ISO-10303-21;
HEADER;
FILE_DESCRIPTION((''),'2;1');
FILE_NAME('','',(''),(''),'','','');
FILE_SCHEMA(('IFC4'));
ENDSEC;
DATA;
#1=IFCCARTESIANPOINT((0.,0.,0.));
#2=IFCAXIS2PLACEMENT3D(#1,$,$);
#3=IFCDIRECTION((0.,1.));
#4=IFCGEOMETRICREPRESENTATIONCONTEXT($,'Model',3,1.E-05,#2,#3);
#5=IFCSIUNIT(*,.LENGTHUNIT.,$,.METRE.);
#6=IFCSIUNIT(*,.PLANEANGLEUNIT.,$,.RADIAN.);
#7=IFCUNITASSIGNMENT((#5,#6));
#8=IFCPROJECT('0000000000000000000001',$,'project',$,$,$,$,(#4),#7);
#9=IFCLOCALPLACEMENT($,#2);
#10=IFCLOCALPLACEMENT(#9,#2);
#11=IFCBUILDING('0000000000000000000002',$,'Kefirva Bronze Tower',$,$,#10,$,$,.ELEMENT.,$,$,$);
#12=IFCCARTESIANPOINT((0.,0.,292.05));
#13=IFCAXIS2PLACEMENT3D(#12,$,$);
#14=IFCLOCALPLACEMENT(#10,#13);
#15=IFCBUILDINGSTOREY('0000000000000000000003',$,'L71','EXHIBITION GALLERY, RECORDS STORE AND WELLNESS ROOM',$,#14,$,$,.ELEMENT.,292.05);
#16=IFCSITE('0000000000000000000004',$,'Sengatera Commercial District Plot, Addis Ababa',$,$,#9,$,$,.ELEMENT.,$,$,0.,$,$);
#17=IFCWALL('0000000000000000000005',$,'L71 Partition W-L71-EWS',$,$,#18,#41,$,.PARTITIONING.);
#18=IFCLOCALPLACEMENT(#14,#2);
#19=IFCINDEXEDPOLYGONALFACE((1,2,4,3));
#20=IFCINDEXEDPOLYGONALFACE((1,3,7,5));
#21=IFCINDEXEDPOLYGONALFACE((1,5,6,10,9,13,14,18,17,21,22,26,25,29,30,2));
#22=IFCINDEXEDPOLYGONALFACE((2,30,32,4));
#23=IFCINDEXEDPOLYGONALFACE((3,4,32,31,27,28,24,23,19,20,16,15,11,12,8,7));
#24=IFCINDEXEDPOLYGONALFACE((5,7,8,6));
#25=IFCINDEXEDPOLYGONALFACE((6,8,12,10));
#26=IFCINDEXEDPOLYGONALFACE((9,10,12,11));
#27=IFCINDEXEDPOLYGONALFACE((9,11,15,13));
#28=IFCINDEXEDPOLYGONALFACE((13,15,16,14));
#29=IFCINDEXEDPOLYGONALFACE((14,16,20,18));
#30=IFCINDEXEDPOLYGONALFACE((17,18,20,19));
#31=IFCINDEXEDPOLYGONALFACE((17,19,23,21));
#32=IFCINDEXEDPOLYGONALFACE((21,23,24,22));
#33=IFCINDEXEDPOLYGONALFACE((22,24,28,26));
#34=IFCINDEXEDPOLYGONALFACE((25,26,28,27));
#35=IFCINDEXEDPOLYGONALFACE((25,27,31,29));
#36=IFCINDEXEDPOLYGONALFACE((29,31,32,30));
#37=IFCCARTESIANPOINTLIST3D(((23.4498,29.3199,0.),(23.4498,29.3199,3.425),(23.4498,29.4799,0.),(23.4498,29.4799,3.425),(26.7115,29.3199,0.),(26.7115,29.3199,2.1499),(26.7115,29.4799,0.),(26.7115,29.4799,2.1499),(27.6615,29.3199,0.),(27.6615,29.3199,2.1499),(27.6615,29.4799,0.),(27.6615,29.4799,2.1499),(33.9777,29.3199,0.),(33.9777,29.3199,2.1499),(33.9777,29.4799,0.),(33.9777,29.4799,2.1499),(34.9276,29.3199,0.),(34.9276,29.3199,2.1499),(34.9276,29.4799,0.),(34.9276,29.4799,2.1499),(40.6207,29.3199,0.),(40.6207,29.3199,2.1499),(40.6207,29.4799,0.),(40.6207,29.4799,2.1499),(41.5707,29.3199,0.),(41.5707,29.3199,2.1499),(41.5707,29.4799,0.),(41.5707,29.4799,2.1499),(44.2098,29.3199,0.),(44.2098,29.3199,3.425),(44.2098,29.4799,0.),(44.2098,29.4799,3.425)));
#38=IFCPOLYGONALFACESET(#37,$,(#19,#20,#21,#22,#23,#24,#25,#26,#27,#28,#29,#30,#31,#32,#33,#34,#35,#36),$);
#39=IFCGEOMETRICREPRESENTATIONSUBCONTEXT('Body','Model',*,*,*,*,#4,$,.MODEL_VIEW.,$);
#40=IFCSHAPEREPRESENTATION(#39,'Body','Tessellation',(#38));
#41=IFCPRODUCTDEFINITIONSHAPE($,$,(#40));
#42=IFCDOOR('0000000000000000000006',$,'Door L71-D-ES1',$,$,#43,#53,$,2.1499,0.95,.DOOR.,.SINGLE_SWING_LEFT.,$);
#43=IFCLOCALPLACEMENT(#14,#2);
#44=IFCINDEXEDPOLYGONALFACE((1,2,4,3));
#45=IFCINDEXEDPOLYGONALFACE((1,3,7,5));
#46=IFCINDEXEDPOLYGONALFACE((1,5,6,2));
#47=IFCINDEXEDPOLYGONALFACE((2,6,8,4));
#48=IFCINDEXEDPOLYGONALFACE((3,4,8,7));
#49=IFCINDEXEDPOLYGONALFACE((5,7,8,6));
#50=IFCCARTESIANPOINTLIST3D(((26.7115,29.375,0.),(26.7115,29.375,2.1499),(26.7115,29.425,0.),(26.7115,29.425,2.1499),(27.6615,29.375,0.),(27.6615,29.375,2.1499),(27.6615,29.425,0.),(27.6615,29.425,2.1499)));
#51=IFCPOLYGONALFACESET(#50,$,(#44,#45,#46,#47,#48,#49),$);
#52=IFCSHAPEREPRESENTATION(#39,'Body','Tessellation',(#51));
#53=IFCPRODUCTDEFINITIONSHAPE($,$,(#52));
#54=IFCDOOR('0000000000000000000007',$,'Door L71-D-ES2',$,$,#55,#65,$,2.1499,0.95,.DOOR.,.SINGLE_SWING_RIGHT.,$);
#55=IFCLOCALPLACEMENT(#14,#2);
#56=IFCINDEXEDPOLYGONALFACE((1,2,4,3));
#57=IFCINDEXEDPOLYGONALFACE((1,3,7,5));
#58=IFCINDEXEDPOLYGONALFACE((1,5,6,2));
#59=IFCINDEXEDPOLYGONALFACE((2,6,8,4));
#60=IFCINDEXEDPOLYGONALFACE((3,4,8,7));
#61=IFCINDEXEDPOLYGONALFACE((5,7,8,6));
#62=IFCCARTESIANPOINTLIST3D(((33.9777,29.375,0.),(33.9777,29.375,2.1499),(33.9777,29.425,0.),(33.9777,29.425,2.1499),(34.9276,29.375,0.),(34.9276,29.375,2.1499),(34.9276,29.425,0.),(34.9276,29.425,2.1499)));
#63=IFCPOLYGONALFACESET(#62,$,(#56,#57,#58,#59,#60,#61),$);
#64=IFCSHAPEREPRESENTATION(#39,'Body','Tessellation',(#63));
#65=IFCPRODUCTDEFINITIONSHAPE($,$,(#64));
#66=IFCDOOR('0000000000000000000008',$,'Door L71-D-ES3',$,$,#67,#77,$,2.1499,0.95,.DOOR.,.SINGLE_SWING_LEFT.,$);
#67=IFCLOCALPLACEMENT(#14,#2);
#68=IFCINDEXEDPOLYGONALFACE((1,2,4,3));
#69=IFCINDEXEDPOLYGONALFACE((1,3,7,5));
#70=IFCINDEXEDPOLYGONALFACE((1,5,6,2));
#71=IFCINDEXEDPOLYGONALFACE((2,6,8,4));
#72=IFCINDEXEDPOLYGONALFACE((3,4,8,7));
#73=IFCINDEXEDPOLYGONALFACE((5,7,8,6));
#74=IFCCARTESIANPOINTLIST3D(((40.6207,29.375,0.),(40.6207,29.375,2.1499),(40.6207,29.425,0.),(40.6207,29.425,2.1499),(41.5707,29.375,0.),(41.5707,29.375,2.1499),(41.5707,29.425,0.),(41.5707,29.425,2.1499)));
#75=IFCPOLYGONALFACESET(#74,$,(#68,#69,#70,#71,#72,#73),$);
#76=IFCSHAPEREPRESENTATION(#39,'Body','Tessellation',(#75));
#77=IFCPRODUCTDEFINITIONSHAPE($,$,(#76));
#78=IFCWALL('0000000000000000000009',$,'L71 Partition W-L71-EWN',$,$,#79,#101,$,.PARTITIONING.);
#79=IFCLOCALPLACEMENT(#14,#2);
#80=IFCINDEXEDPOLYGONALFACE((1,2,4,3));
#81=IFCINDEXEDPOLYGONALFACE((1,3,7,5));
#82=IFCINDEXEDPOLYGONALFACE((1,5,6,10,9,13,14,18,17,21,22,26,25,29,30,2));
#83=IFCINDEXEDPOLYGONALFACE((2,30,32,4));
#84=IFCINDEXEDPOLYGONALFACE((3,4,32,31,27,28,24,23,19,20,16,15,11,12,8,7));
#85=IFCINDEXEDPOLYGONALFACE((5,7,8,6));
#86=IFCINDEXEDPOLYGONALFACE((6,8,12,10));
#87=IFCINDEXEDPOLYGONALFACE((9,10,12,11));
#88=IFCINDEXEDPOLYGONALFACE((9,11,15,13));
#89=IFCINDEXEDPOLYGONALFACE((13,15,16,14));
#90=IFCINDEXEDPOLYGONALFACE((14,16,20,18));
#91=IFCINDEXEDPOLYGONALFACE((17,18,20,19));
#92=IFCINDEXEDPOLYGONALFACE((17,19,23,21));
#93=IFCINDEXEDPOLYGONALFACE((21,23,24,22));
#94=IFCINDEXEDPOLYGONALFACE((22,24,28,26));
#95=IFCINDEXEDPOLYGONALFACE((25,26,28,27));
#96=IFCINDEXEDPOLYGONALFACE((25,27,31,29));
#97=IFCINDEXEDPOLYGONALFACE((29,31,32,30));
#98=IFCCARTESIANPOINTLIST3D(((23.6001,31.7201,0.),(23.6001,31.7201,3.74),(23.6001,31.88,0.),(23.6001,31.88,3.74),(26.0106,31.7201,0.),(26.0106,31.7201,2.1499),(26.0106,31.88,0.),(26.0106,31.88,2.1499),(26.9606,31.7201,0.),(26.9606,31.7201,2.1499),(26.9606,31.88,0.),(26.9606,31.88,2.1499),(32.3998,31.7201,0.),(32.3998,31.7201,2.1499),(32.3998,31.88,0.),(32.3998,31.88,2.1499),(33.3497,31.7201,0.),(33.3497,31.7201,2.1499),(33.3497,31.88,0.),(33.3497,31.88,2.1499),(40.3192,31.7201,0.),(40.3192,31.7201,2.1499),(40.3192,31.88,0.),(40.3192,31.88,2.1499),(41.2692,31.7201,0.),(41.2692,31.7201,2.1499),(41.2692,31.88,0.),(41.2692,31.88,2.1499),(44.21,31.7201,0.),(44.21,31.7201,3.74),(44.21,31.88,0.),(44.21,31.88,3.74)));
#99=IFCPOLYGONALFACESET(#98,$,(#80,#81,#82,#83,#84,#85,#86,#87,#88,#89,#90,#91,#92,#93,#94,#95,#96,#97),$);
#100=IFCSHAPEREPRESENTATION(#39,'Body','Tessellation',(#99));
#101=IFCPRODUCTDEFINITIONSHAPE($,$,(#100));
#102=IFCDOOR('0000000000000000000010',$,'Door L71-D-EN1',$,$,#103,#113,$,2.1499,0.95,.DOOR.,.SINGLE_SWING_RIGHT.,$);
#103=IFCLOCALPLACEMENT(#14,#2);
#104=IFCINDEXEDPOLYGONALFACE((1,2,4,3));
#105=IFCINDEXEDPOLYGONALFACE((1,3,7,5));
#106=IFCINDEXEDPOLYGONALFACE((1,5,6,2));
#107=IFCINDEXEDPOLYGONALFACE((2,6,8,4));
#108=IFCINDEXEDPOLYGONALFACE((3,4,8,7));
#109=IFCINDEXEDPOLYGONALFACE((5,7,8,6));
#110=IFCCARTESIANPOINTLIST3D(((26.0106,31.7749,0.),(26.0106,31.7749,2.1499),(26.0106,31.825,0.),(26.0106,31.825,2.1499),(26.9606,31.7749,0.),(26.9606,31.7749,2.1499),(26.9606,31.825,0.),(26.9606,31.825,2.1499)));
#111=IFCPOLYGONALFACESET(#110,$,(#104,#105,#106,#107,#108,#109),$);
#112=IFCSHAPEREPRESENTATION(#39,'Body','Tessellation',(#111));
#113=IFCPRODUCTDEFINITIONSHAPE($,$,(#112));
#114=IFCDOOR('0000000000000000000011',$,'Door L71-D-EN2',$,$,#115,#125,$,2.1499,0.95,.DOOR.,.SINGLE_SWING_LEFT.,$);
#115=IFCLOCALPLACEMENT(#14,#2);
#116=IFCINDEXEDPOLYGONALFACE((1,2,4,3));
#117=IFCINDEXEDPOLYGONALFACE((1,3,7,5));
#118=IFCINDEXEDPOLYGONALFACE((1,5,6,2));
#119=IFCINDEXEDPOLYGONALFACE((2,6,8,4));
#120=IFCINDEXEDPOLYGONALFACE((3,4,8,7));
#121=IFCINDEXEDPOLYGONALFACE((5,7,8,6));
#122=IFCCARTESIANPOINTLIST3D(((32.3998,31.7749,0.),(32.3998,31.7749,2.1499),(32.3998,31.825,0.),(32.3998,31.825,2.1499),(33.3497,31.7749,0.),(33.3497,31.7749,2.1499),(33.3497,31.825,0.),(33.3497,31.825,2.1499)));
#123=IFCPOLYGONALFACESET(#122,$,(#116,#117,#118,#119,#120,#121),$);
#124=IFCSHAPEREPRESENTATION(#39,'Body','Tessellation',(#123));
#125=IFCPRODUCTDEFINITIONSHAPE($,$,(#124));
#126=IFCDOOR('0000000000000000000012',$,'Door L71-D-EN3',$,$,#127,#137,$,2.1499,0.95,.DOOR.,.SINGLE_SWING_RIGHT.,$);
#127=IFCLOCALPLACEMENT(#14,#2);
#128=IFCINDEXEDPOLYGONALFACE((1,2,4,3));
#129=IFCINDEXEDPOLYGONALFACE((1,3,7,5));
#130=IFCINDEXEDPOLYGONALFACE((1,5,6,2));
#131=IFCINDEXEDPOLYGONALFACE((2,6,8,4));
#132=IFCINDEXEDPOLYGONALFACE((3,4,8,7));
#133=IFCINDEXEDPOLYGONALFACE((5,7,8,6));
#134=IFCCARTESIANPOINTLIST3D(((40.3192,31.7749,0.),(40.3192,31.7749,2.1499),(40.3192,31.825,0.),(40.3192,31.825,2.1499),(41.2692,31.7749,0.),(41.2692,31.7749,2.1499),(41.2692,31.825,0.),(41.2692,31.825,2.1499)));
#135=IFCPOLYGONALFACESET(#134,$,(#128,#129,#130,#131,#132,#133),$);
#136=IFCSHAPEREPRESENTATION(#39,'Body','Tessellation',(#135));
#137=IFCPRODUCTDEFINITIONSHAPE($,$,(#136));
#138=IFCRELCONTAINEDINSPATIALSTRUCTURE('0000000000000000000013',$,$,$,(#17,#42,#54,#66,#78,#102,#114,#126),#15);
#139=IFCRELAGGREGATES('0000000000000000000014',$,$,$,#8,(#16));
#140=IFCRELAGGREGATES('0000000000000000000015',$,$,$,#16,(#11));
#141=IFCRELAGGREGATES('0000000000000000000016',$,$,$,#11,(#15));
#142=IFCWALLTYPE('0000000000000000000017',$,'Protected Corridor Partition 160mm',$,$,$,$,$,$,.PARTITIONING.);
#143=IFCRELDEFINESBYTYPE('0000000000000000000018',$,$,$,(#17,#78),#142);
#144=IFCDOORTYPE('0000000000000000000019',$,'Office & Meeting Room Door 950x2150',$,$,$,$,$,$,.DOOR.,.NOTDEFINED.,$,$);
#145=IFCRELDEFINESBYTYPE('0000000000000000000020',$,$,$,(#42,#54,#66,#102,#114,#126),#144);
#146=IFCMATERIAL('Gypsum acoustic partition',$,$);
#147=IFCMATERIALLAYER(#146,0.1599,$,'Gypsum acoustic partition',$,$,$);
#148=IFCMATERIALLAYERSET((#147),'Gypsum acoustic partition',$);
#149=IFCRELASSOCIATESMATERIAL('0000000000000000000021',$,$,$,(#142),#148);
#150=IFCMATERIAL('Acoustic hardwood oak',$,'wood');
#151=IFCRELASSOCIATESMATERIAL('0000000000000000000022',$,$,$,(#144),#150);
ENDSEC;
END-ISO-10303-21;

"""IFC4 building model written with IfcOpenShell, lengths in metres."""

from ifc_helpers import new_model, si_unit, direction, frame, frame_2d, origin, place, context, subcontext, project, spatial, rectangle, extrude, material, layer, layer_set, type_object, element, fill, save


model = new_model("IFC4")

# Units and contexts
model_context = context("Model", 3, precision=1e-05, world=origin(), true_north=direction((0.0, 1.0)))
body_context = subcontext(model_context, "Body", "Model", "MODEL_VIEW")
ifc_project = project(units=[si_unit("LENGTHUNIT", "METRE"), si_unit("PLANEANGLEUNIT", "RADIAN")], contexts=[model_context])

# Site, building, storey
site_placement = place(None, origin())
site = spatial("IfcSite", under=ifc_project, at=site_placement, Name="Sengatera Commercial District Plot, Addis Ababa", CompositionType="ELEMENT", RefElevation=0.0)
building_placement = place(site_placement, origin())
building = spatial("IfcBuilding", under=site, at=building_placement, Name="Kefirva Bronze Tower", CompositionType="ELEMENT")
storey_placement = place(building_placement, frame((0.0, 0.0, 292.05)))
storey = spatial("IfcBuildingStorey", under=building, at=storey_placement, Name="L71", Description="EXHIBITION GALLERY, RECORDS STORE AND WELLNESS ROOM", CompositionType="ELEMENT", Elevation=292.05)

# Shared definitions
ifc_material_1 = material(Name="Gypsum acoustic partition")

# Walls, openings, doors
ifc_layer_1 = layer(ifc_material_1, 0.1599, Name="Gypsum acoustic partition")
ifc_layer_set_1 = layer_set([ifc_layer_1], Name="Gypsum acoustic partition")
wall_type_1 = type_object("IfcWallType", Name="Protected Corridor Partition 160mm", PredefinedType="PARTITIONING", material=ifc_layer_set_1)
wall_1_placement = place(storey_placement, frame((23.45, 29.3999, 0.0), z_axis=(0.0, 0.0, 1.0), x_axis=(1.0, 0.0, 0.0)))
wall_1 = element("IfcWall", 1, at=wall_1_placement, inside=storey, type_object=wall_type_1, Name="L71 Partition W-L71-EWS", PredefinedType="PARTITIONING", context=body_context, shape_type="SweptSolid", body=[
    extrude(rectangle(XDim=20.76, YDim=0.1599, at=frame_2d((10.3799, 0.0))), origin(), (0.0, 0.0, 1.0), 3.425),
])
opening_1_placement = place(wall_1_placement, frame((4.2117, 0.0, 0.0), z_axis=(0.0, 0.0, 1.0), x_axis=(-1.0, 0.0, 0.0)))
opening_1 = element("IfcOpeningElement", 2, at=opening_1_placement, cuts=wall_1, PredefinedType="OPENING", context=body_context, shape_type="SweptSolid", body=[
    extrude(rectangle(XDim=0.95, YDim=2.1499, at=frame_2d((0.4751, 1.075))), frame((0.0, 0.0898, 0.0), z_axis=(0.0, -1.0, 0.0), x_axis=(1.0, 0.0, 0.0)), (0.0, 0.0, 1.0), 0.1799),
])
opening_2_placement = place(wall_1_placement, frame((11.4778, 0.0, 0.0), z_axis=(0.0, 0.0, 1.0), x_axis=(-1.0, 0.0, 0.0)))
opening_2 = element("IfcOpeningElement", 3, at=opening_2_placement, cuts=wall_1, PredefinedType="OPENING", context=body_context, shape_type="SweptSolid", body=[
    extrude(rectangle(XDim=0.95, YDim=2.1499, at=frame_2d((0.4751, 1.075))), frame((0.0, 0.0898, 0.0), z_axis=(0.0, -1.0, 0.0), x_axis=(1.0, 0.0, 0.0)), (0.0, 0.0, 1.0), 0.1799),
])
opening_3_placement = place(wall_1_placement, frame((18.1208, 0.0, 0.0), z_axis=(0.0, 0.0, 1.0), x_axis=(-1.0, 0.0, 0.0)))
opening_3 = element("IfcOpeningElement", 4, at=opening_3_placement, cuts=wall_1, PredefinedType="OPENING", context=body_context, shape_type="SweptSolid", body=[
    extrude(rectangle(XDim=0.95, YDim=2.1499, at=frame_2d((0.4751, 1.075))), frame((0.0, 0.0898, 0.0), z_axis=(0.0, -1.0, 0.0), x_axis=(1.0, 0.0, 0.0)), (0.0, 0.0, 1.0), 0.1799),
])
ifc_material_2 = material(Name="Acoustic hardwood oak", Category="wood")
door_type = type_object("IfcDoorType", Name="Office & Meeting Room Door 950x2150", OperationType="NOTDEFINED", PredefinedType="DOOR", material=ifc_material_2)
door_1_placement = place(opening_1_placement, origin())
door_1 = element("IfcDoor", 5, at=door_1_placement, inside=storey, type_object=door_type, Name="Door L71-D-ES1", OperationType="SINGLE_SWING_LEFT", OverallHeight=2.1499, OverallWidth=0.95, PredefinedType="DOOR", context=body_context, shape_type="SweptSolid", body=[
    extrude(rectangle(XDim=0.95, YDim=2.1499, at=frame_2d((0.4751, 1.075))), frame((0.0, 0.0249, 0.0), z_axis=(0.0, -1.0, 0.0), x_axis=(1.0, 0.0, 0.0)), (0.0, 0.0, 1.0), 0.05),
])
fill(opening_1, door_1)
door_2_placement = place(opening_2_placement, origin())
door_2 = element("IfcDoor", 6, at=door_2_placement, inside=storey, type_object=door_type, Name="Door L71-D-ES2", OperationType="SINGLE_SWING_RIGHT", OverallHeight=2.1499, OverallWidth=0.95, PredefinedType="DOOR", context=body_context, shape_type="SweptSolid", body=[
    extrude(rectangle(XDim=0.95, YDim=2.1499, at=frame_2d((0.4751, 1.075))), frame((0.0, 0.0249, 0.0), z_axis=(0.0, -1.0, 0.0), x_axis=(1.0, 0.0, 0.0)), (0.0, 0.0, 1.0), 0.05),
])
fill(opening_2, door_2)
door_3_placement = place(opening_3_placement, origin())
door_3 = element("IfcDoor", 7, at=door_3_placement, inside=storey, type_object=door_type, Name="Door L71-D-ES3", OperationType="SINGLE_SWING_LEFT", OverallHeight=2.1499, OverallWidth=0.95, PredefinedType="DOOR", context=body_context, shape_type="SweptSolid", body=[
    extrude(rectangle(XDim=0.95, YDim=2.1499, at=frame_2d((0.4751, 1.075))), frame((0.0, 0.0249, 0.0), z_axis=(0.0, -1.0, 0.0), x_axis=(1.0, 0.0, 0.0)), (0.0, 0.0, 1.0), 0.05),
])
fill(opening_3, door_3)
wall_2_placement = place(storey_placement, frame((23.6001, 31.8, 0.0), z_axis=(0.0, 0.0, 1.0), x_axis=(1.0, 0.0, 0.0)))
wall_2 = element("IfcWall", 8, at=wall_2_placement, inside=storey, type_object=wall_type_1, Name="L71 Partition W-L71-EWN", PredefinedType="PARTITIONING", context=body_context, shape_type="SweptSolid", body=[
    extrude(rectangle(XDim=20.6099, YDim=0.1599, at=frame_2d((10.3049, 0.0))), origin(), (0.0, 0.0, 1.0), 3.74),
])
opening_4_placement = place(wall_2_placement, frame((2.4104, 0.0, 0.0)))
opening_4 = element("IfcOpeningElement", 9, at=opening_4_placement, cuts=wall_2, PredefinedType="OPENING", context=body_context, shape_type="SweptSolid", body=[
    extrude(rectangle(XDim=0.95, YDim=2.1499, at=frame_2d((0.4751, 1.075))), frame((0.0, 0.0898, 0.0), z_axis=(0.0, -1.0, 0.0), x_axis=(1.0, 0.0, 0.0)), (0.0, 0.0, 1.0), 0.1799),
])
opening_5_placement = place(wall_2_placement, frame((8.7996, 0.0, 0.0)))
opening_5 = element("IfcOpeningElement", 10, at=opening_5_placement, cuts=wall_2, PredefinedType="OPENING", context=body_context, shape_type="SweptSolid", body=[
    extrude(rectangle(XDim=0.95, YDim=2.1499, at=frame_2d((0.4751, 1.075))), frame((0.0, 0.0898, 0.0), z_axis=(0.0, -1.0, 0.0), x_axis=(1.0, 0.0, 0.0)), (0.0, 0.0, 1.0), 0.1799),
])
opening_6_placement = place(wall_2_placement, frame((16.719, 0.0, 0.0)))
opening_6 = element("IfcOpeningElement", 11, at=opening_6_placement, cuts=wall_2, PredefinedType="OPENING", context=body_context, shape_type="SweptSolid", body=[
    extrude(rectangle(XDim=0.95, YDim=2.1499, at=frame_2d((0.4751, 1.075))), frame((0.0, 0.0898, 0.0), z_axis=(0.0, -1.0, 0.0), x_axis=(1.0, 0.0, 0.0)), (0.0, 0.0, 1.0), 0.1799),
])
door_4_placement = place(opening_4_placement, origin())
door_4 = element("IfcDoor", 12, at=door_4_placement, inside=storey, type_object=door_type, Name="Door L71-D-EN1", OperationType="SINGLE_SWING_RIGHT", OverallHeight=2.1499, OverallWidth=0.95, PredefinedType="DOOR", context=body_context, shape_type="SweptSolid", body=[
    extrude(rectangle(XDim=0.95, YDim=2.1499, at=frame_2d((0.4751, 1.075))), frame((0.0, 0.0249, 0.0), z_axis=(0.0, -1.0, 0.0), x_axis=(1.0, 0.0, 0.0)), (0.0, 0.0, 1.0), 0.05),
])
fill(opening_4, door_4)
door_5_placement = place(opening_5_placement, origin())
door_5 = element("IfcDoor", 13, at=door_5_placement, inside=storey, type_object=door_type, Name="Door L71-D-EN2", OperationType="SINGLE_SWING_LEFT", OverallHeight=2.1499, OverallWidth=0.95, PredefinedType="DOOR", context=body_context, shape_type="SweptSolid", body=[
    extrude(rectangle(XDim=0.95, YDim=2.1499, at=frame_2d((0.4751, 1.075))), frame((0.0, 0.0249, 0.0), z_axis=(0.0, -1.0, 0.0), x_axis=(1.0, 0.0, 0.0)), (0.0, 0.0, 1.0), 0.05),
])
fill(opening_5, door_5)
door_6_placement = place(opening_6_placement, origin())
door_6 = element("IfcDoor", 14, at=door_6_placement, inside=storey, type_object=door_type, Name="Door L71-D-EN3", OperationType="SINGLE_SWING_RIGHT", OverallHeight=2.1499, OverallWidth=0.95, PredefinedType="DOOR", context=body_context, shape_type="SweptSolid", body=[
    extrude(rectangle(XDim=0.95, YDim=2.1499, at=frame_2d((0.4751, 1.075))), frame((0.0, 0.0249, 0.0), z_axis=(0.0, -1.0, 0.0), x_axis=(1.0, 0.0, 0.0)), (0.0, 0.0, 1.0), 0.05),
])
fill(opening_6, door_6)

save(model, "model.ifc")
